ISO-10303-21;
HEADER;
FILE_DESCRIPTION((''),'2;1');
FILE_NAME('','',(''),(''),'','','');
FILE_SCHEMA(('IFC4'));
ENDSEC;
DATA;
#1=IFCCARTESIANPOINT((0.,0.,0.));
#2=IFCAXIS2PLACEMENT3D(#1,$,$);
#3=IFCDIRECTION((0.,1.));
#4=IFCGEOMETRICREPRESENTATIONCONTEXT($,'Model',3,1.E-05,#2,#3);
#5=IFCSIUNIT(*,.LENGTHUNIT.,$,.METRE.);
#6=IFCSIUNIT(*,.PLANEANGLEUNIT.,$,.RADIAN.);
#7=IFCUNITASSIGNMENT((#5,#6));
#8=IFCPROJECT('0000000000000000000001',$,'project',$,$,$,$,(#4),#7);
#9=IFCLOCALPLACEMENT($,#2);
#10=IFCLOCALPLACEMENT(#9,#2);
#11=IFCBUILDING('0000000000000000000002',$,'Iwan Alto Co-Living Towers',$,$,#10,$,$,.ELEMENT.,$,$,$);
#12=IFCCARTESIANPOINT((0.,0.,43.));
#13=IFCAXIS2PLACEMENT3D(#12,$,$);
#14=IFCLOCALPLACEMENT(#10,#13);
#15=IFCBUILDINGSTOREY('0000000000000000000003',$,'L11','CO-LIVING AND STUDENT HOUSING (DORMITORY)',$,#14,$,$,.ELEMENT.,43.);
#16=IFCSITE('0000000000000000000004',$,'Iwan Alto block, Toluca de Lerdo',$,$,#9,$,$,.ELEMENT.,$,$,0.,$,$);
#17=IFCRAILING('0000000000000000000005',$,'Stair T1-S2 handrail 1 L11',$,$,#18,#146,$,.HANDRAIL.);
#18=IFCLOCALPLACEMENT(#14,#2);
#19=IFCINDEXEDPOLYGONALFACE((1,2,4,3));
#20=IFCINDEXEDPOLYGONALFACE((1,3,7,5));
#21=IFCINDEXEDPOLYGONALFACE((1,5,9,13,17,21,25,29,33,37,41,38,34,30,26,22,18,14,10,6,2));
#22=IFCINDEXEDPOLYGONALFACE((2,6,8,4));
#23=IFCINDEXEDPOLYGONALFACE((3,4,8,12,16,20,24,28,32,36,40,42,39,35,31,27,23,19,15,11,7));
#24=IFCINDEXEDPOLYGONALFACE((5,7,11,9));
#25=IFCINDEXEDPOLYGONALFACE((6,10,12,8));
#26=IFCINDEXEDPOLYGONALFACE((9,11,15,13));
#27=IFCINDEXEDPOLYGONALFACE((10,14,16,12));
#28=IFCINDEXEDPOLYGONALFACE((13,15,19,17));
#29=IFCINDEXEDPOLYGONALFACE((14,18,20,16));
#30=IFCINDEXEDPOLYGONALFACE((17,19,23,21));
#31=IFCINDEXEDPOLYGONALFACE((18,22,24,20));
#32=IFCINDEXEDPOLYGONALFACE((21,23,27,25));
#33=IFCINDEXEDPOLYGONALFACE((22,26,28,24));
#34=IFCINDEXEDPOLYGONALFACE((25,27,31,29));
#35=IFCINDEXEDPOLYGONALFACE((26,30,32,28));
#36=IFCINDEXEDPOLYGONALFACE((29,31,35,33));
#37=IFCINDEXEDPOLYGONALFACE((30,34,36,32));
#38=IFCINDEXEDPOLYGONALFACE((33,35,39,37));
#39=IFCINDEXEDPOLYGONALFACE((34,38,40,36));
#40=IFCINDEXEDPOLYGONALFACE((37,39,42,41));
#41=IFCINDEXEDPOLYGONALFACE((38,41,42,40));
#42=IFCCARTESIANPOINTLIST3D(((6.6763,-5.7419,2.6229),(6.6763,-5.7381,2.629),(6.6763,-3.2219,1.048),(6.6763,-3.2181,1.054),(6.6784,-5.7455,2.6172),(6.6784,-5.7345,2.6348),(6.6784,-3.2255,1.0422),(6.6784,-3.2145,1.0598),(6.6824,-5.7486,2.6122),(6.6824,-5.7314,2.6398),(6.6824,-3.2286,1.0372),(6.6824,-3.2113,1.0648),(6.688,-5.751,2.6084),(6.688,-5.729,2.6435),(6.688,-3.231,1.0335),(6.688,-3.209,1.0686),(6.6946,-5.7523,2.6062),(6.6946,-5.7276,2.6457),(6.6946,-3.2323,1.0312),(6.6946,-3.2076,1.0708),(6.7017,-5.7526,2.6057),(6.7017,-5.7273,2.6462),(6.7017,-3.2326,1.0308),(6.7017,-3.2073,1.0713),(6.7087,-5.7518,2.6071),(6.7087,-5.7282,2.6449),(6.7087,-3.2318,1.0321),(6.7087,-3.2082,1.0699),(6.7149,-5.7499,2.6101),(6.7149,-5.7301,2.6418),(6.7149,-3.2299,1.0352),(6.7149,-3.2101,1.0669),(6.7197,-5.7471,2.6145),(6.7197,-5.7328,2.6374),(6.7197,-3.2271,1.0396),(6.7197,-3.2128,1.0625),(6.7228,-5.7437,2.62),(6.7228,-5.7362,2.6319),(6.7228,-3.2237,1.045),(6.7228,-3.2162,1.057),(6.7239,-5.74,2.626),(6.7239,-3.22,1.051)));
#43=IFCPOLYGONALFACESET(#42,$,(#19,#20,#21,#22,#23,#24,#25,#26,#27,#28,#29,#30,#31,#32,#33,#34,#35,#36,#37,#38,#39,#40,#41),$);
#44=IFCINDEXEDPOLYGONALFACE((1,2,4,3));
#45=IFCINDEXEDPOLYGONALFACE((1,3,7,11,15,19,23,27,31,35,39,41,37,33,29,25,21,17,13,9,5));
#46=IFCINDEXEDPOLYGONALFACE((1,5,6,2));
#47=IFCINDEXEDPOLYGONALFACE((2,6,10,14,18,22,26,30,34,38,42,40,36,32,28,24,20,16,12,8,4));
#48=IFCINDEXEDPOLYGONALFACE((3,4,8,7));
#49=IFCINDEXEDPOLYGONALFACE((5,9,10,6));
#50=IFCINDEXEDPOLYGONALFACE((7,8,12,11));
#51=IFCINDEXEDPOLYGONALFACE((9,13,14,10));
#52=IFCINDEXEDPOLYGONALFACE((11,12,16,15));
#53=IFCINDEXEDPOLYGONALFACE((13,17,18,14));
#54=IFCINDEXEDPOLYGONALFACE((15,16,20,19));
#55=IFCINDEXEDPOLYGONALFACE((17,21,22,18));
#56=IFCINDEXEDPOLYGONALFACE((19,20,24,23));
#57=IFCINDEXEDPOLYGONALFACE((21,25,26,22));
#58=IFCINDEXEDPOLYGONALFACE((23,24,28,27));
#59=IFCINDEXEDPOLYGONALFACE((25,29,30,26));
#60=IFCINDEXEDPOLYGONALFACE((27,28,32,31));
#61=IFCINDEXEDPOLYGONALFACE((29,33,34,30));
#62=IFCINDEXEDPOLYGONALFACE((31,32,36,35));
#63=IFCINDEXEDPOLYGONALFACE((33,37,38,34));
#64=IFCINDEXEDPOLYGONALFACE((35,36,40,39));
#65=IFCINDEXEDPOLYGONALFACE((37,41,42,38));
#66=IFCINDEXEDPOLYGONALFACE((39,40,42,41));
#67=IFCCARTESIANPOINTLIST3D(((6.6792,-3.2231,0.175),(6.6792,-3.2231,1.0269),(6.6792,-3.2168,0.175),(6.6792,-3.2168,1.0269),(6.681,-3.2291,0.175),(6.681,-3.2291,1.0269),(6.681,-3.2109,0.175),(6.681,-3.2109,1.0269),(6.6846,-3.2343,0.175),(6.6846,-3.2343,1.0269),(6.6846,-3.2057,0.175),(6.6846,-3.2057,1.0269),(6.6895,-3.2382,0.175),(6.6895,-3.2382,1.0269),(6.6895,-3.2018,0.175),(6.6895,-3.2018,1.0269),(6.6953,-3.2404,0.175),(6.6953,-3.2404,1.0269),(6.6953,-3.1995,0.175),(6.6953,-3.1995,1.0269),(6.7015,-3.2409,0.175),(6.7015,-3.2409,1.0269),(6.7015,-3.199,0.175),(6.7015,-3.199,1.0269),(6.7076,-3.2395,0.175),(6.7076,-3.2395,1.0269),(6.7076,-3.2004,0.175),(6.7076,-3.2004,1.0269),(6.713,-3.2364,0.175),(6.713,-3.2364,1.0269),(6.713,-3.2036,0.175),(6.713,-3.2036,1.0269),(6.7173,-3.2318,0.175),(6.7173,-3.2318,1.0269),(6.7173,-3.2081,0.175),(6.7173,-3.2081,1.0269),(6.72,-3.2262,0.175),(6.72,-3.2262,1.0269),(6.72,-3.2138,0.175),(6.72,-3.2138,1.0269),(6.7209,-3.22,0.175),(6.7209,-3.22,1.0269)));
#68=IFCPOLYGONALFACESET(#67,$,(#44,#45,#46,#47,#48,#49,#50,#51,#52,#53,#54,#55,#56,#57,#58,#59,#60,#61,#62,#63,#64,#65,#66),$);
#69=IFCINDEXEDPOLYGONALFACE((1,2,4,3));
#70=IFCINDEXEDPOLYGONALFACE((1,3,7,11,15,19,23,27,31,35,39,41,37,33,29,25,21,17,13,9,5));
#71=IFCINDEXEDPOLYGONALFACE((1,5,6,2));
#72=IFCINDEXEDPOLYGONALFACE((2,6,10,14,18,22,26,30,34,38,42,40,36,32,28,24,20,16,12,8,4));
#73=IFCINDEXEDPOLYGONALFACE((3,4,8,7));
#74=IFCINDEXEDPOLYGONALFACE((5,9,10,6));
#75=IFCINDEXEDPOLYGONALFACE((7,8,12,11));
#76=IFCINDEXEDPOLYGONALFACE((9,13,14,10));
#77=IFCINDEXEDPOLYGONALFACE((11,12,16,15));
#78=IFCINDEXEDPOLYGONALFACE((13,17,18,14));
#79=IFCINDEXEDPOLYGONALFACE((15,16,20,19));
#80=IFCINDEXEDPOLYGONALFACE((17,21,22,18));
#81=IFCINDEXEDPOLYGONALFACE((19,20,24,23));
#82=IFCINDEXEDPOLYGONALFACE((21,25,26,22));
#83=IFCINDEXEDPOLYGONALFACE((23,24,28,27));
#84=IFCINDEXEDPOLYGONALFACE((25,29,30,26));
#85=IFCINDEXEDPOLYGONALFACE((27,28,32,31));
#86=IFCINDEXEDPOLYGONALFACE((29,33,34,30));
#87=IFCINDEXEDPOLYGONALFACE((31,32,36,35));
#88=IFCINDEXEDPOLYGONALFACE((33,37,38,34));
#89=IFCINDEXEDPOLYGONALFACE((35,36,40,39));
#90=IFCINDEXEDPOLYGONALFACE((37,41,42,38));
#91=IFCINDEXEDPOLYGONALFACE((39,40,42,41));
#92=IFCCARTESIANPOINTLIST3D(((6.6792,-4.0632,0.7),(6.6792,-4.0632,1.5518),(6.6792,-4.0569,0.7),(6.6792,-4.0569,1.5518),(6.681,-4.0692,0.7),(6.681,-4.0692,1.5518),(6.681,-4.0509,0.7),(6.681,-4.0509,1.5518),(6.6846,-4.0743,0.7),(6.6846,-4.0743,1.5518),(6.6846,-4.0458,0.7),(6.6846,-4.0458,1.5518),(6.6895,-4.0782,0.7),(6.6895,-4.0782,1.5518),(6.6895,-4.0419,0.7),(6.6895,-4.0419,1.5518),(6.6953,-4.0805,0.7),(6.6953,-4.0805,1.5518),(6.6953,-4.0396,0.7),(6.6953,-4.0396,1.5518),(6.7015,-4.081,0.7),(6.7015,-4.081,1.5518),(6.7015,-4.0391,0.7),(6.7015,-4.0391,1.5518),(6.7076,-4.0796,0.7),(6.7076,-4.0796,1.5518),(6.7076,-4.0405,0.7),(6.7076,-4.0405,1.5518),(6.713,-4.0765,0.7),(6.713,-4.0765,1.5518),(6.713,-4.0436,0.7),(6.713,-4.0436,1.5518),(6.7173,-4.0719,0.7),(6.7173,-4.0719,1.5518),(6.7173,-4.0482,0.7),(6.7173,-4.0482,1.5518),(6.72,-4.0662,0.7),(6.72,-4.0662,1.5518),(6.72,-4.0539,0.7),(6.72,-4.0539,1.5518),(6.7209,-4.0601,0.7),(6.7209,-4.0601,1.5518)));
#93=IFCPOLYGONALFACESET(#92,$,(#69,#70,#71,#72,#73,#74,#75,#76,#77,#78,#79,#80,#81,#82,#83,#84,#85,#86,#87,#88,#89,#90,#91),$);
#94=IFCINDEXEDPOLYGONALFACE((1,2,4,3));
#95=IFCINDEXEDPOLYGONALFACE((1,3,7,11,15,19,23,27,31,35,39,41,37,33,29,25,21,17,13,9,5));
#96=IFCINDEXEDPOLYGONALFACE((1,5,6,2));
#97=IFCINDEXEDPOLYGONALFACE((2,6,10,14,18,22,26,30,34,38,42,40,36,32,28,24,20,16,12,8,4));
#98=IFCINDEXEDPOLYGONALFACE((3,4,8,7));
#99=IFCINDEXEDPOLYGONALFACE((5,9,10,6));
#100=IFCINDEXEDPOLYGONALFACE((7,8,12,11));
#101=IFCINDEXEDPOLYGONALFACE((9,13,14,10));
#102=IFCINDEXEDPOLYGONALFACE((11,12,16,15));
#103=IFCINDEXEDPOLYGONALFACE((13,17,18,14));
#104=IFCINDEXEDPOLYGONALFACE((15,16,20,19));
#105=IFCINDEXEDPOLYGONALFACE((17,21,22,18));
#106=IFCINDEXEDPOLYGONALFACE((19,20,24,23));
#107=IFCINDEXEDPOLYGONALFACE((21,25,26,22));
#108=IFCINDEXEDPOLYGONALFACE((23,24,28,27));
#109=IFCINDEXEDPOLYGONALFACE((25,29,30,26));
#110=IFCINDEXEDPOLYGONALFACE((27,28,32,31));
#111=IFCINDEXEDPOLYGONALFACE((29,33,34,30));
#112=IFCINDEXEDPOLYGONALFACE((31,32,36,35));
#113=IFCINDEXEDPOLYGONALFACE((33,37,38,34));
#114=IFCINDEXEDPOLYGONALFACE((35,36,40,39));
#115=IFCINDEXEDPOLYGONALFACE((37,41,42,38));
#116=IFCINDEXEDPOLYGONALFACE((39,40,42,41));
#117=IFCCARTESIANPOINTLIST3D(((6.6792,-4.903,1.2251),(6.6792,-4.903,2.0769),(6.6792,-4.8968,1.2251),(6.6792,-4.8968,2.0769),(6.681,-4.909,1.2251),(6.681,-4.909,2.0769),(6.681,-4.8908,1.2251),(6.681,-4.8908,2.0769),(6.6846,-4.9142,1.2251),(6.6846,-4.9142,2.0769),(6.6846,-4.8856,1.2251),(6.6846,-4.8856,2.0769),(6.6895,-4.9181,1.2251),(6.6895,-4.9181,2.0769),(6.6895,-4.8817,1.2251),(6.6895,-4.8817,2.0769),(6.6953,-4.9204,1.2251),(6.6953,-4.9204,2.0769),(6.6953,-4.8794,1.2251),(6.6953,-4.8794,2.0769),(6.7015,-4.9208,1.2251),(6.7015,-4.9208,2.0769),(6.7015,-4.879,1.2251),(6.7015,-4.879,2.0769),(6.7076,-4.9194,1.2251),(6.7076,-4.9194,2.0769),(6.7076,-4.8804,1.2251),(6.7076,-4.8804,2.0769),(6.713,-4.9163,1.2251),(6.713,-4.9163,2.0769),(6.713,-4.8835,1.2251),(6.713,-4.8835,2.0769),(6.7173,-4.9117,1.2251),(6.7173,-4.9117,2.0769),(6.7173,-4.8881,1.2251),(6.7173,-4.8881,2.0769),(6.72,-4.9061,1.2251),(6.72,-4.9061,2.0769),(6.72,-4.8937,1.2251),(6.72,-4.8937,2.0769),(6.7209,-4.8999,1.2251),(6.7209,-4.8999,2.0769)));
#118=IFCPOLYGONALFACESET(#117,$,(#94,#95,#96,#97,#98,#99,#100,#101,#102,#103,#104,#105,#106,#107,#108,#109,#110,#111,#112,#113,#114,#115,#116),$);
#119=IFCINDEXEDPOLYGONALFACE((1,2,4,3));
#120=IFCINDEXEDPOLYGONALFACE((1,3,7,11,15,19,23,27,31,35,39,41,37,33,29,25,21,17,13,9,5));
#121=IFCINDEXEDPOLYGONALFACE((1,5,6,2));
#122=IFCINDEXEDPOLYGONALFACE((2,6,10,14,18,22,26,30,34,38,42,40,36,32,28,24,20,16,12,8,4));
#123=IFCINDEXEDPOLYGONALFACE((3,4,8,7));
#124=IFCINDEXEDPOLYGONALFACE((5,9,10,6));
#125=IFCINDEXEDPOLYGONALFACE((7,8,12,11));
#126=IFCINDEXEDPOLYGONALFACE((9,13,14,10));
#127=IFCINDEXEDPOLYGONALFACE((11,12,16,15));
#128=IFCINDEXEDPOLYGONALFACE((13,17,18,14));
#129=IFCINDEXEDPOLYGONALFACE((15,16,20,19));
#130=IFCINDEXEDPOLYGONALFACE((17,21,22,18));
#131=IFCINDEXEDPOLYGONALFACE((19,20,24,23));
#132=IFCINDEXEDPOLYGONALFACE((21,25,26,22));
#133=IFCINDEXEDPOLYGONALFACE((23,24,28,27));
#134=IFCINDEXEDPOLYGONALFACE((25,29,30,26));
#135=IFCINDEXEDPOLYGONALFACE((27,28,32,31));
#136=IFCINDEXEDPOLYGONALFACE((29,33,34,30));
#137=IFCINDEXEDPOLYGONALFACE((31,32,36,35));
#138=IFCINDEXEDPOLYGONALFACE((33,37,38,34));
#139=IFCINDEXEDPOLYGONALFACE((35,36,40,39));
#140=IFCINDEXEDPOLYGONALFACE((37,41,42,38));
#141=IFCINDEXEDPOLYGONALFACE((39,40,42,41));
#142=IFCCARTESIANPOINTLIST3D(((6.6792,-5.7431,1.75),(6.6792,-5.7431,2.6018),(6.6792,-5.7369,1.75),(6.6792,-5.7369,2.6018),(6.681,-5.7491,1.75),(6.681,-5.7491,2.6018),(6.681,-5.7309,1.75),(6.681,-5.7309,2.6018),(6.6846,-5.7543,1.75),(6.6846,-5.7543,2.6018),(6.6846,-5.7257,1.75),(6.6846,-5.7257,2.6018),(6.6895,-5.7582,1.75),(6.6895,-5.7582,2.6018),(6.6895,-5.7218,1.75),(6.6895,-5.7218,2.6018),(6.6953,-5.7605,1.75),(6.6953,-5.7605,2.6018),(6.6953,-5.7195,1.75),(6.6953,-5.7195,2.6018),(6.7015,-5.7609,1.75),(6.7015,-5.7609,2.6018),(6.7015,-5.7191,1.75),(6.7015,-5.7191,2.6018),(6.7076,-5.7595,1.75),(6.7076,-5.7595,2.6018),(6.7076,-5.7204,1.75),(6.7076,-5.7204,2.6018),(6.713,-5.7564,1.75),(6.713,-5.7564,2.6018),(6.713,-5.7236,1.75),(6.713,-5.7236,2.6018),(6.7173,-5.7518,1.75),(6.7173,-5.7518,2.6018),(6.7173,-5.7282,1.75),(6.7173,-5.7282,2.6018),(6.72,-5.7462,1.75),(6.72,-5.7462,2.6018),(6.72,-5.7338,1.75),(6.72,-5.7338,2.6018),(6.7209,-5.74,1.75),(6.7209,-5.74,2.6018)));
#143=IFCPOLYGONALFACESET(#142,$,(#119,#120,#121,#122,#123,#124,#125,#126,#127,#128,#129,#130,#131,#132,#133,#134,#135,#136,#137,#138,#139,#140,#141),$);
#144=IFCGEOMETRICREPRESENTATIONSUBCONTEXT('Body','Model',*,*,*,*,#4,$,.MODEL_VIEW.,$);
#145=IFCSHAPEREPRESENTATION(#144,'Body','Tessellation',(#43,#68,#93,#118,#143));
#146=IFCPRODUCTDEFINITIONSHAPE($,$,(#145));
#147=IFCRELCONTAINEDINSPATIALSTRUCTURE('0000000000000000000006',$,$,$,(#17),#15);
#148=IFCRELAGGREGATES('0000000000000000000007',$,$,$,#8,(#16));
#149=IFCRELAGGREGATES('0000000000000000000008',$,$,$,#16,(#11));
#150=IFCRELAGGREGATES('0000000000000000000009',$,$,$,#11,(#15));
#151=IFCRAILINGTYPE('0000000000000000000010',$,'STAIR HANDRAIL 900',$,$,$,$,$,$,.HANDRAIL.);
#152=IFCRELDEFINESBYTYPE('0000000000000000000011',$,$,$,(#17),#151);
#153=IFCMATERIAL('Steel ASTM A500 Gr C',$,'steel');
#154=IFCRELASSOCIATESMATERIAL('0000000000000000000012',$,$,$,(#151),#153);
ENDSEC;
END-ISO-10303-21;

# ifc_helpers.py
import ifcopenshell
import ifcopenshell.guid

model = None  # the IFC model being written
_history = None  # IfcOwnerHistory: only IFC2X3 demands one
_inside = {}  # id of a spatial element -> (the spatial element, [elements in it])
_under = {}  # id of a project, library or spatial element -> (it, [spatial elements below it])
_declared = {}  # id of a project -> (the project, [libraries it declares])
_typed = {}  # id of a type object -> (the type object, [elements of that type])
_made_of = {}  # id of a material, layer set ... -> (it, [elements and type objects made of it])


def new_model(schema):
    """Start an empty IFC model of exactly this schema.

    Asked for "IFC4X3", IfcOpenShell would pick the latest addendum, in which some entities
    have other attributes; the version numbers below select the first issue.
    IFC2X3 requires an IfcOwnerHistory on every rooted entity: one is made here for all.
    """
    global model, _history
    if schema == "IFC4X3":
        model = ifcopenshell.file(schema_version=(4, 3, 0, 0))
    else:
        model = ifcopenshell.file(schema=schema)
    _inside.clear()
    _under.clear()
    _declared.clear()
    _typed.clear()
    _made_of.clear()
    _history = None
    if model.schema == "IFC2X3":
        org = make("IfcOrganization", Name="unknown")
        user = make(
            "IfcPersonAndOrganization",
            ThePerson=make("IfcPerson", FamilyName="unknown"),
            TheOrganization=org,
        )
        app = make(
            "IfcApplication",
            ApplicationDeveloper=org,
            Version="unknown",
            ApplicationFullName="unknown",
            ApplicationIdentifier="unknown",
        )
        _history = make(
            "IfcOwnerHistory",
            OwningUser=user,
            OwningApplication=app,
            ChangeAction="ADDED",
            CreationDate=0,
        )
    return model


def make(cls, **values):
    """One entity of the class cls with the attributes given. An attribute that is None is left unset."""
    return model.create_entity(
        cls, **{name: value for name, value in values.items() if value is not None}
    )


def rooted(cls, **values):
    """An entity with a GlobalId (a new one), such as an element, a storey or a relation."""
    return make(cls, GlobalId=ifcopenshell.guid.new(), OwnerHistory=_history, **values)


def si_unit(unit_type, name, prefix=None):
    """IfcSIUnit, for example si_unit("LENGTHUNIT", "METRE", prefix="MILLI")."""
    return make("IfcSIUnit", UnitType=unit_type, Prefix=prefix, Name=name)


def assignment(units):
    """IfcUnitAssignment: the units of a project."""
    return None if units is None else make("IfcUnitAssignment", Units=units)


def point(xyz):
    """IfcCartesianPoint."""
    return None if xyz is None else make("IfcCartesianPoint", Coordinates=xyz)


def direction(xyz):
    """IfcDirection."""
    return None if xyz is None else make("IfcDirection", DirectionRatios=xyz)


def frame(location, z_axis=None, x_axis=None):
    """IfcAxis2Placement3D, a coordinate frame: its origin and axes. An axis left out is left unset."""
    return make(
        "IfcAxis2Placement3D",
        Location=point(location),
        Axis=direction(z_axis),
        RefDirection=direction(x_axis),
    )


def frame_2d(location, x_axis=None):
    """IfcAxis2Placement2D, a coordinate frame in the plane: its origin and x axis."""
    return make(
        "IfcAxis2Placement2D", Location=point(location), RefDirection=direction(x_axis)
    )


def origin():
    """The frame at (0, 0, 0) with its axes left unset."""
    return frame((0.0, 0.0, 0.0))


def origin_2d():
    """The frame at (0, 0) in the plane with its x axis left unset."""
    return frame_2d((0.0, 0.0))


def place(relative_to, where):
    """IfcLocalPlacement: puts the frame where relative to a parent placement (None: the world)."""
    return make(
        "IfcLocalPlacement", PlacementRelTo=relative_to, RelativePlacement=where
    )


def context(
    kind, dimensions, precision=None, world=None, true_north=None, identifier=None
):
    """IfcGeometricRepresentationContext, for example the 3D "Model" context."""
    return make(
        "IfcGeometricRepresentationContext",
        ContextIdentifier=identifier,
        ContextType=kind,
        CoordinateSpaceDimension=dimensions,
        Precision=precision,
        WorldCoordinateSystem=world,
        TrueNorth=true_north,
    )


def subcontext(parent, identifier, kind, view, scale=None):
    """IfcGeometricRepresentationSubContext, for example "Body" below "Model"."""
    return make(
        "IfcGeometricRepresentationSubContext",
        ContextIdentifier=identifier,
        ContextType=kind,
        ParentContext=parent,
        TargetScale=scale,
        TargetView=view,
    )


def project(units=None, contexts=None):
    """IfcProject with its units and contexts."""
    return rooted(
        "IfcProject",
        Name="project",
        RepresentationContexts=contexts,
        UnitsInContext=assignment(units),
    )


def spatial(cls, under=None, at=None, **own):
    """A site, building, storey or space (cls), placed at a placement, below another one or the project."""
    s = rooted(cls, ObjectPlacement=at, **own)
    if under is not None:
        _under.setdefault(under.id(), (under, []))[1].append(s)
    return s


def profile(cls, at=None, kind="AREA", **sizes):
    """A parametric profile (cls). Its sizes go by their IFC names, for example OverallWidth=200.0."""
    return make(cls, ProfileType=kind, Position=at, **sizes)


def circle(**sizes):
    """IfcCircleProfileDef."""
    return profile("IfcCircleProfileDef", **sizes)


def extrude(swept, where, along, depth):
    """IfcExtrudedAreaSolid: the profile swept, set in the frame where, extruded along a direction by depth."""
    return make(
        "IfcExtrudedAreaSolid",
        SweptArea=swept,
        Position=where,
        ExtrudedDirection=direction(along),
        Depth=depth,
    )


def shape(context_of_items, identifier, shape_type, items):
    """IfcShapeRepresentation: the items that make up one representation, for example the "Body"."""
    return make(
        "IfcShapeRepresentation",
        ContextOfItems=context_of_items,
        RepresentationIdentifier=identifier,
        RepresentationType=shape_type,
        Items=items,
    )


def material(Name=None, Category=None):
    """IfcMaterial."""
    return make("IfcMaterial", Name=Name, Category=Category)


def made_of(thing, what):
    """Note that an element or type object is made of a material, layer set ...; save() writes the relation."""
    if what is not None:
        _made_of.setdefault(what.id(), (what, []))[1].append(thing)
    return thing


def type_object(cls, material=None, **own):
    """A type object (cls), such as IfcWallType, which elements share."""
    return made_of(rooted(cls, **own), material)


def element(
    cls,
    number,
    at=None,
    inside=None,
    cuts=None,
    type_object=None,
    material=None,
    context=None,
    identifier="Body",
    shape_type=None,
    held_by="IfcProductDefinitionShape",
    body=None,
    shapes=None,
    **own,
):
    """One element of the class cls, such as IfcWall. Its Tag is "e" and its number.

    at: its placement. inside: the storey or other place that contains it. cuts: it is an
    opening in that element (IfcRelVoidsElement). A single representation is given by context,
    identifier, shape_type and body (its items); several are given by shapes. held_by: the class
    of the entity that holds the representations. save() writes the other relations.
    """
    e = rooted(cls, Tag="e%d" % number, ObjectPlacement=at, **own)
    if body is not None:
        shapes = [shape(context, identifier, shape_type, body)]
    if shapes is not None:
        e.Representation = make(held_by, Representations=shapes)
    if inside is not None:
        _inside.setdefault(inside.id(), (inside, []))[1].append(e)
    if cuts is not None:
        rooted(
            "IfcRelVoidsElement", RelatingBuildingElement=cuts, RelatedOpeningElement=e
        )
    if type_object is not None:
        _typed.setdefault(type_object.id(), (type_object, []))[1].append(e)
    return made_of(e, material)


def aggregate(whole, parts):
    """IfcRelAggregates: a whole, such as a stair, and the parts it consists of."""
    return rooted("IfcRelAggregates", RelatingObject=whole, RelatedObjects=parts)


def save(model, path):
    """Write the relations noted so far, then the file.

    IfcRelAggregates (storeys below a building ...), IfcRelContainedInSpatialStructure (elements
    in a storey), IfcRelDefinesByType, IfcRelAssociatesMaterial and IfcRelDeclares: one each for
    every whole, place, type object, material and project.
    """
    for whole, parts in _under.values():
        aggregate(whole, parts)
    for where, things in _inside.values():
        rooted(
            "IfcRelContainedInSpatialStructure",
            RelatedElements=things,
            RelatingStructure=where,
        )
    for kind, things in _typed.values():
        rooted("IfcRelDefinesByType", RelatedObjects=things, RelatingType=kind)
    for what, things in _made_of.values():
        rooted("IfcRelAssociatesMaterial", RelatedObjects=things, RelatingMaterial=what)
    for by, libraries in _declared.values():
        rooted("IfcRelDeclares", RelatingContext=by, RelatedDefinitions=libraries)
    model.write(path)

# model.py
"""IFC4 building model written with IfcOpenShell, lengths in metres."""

from ifc_helpers import new_model, si_unit, direction, frame, origin, origin_2d, place, context, subcontext, project, spatial, circle, extrude, material, type_object, element, save


model = new_model("IFC4")

# Units and contexts
model_context = context("Model", 3, precision=1e-05, world=origin(), true_north=direction((0.0, 1.0)))
body_context = subcontext(model_context, "Body", "Model", "MODEL_VIEW")
ifc_project = project(units=[si_unit("LENGTHUNIT", "METRE"), si_unit("PLANEANGLEUNIT", "RADIAN")], contexts=[model_context])

# Site, building, storey
site_placement = place(None, origin())
site = spatial("IfcSite", under=ifc_project, at=site_placement, Name="Iwan Alto block, Toluca de Lerdo", CompositionType="ELEMENT", RefElevation=0.0)
building_placement = place(site_placement, origin())
building = spatial("IfcBuilding", under=site, at=building_placement, Name="Iwan Alto Co-Living Towers", CompositionType="ELEMENT")
storey_placement = place(building_placement, frame((0.0, 0.0, 43.0)))
storey = spatial("IfcBuildingStorey", under=building, at=storey_placement, Name="L11", Description="CO-LIVING AND STUDENT HOUSING (DORMITORY)", CompositionType="ELEMENT", Elevation=43.0)

# Railing
ifc_material_1 = material(Name="Steel ASTM A500 Gr C", Category="steel")
railing_type_1 = type_object("IfcRailingType", Name="STAIR HANDRAIL 900", PredefinedType="HANDRAIL", material=ifc_material_1)
railing_1_placement = place(storey_placement, frame((6.7, -3.22, 0.175)))
element("IfcRailing", 1, at=railing_1_placement, inside=storey, type_object=railing_type_1, Name="Stair T1-S2 handrail 1 L11", PredefinedType="HANDRAIL", context=body_context, shape_type="SweptSolid", body=[
    extrude(circle(Radius=0.0239, at=origin_2d()), frame((0.0, 0.0, 0.876), z_axis=(0.0, -0.848008, 0.529984), x_axis=(1.0, 0.0, 0.0)), (0.0, 0.0, 1.0), 2.9717),
    extrude(circle(Radius=0.021, at=origin_2d()), origin(), (0.0, 0.0, 1.0), 0.8518),
    extrude(circle(Radius=0.021, at=origin_2d()), frame((0.0, -0.8401, 0.5249)), (0.0, 0.0, 1.0), 0.8518),
    extrude(circle(Radius=0.021, at=origin_2d()), frame((0.0, -1.6799, 1.05)), (0.0, 0.0, 1.0), 0.8518),
    extrude(circle(Radius=0.021, at=origin_2d()), frame((0.0, -2.52, 1.575)), (0.0, 0.0, 1.0), 0.8518),
])

save(model, "model.ifc")
